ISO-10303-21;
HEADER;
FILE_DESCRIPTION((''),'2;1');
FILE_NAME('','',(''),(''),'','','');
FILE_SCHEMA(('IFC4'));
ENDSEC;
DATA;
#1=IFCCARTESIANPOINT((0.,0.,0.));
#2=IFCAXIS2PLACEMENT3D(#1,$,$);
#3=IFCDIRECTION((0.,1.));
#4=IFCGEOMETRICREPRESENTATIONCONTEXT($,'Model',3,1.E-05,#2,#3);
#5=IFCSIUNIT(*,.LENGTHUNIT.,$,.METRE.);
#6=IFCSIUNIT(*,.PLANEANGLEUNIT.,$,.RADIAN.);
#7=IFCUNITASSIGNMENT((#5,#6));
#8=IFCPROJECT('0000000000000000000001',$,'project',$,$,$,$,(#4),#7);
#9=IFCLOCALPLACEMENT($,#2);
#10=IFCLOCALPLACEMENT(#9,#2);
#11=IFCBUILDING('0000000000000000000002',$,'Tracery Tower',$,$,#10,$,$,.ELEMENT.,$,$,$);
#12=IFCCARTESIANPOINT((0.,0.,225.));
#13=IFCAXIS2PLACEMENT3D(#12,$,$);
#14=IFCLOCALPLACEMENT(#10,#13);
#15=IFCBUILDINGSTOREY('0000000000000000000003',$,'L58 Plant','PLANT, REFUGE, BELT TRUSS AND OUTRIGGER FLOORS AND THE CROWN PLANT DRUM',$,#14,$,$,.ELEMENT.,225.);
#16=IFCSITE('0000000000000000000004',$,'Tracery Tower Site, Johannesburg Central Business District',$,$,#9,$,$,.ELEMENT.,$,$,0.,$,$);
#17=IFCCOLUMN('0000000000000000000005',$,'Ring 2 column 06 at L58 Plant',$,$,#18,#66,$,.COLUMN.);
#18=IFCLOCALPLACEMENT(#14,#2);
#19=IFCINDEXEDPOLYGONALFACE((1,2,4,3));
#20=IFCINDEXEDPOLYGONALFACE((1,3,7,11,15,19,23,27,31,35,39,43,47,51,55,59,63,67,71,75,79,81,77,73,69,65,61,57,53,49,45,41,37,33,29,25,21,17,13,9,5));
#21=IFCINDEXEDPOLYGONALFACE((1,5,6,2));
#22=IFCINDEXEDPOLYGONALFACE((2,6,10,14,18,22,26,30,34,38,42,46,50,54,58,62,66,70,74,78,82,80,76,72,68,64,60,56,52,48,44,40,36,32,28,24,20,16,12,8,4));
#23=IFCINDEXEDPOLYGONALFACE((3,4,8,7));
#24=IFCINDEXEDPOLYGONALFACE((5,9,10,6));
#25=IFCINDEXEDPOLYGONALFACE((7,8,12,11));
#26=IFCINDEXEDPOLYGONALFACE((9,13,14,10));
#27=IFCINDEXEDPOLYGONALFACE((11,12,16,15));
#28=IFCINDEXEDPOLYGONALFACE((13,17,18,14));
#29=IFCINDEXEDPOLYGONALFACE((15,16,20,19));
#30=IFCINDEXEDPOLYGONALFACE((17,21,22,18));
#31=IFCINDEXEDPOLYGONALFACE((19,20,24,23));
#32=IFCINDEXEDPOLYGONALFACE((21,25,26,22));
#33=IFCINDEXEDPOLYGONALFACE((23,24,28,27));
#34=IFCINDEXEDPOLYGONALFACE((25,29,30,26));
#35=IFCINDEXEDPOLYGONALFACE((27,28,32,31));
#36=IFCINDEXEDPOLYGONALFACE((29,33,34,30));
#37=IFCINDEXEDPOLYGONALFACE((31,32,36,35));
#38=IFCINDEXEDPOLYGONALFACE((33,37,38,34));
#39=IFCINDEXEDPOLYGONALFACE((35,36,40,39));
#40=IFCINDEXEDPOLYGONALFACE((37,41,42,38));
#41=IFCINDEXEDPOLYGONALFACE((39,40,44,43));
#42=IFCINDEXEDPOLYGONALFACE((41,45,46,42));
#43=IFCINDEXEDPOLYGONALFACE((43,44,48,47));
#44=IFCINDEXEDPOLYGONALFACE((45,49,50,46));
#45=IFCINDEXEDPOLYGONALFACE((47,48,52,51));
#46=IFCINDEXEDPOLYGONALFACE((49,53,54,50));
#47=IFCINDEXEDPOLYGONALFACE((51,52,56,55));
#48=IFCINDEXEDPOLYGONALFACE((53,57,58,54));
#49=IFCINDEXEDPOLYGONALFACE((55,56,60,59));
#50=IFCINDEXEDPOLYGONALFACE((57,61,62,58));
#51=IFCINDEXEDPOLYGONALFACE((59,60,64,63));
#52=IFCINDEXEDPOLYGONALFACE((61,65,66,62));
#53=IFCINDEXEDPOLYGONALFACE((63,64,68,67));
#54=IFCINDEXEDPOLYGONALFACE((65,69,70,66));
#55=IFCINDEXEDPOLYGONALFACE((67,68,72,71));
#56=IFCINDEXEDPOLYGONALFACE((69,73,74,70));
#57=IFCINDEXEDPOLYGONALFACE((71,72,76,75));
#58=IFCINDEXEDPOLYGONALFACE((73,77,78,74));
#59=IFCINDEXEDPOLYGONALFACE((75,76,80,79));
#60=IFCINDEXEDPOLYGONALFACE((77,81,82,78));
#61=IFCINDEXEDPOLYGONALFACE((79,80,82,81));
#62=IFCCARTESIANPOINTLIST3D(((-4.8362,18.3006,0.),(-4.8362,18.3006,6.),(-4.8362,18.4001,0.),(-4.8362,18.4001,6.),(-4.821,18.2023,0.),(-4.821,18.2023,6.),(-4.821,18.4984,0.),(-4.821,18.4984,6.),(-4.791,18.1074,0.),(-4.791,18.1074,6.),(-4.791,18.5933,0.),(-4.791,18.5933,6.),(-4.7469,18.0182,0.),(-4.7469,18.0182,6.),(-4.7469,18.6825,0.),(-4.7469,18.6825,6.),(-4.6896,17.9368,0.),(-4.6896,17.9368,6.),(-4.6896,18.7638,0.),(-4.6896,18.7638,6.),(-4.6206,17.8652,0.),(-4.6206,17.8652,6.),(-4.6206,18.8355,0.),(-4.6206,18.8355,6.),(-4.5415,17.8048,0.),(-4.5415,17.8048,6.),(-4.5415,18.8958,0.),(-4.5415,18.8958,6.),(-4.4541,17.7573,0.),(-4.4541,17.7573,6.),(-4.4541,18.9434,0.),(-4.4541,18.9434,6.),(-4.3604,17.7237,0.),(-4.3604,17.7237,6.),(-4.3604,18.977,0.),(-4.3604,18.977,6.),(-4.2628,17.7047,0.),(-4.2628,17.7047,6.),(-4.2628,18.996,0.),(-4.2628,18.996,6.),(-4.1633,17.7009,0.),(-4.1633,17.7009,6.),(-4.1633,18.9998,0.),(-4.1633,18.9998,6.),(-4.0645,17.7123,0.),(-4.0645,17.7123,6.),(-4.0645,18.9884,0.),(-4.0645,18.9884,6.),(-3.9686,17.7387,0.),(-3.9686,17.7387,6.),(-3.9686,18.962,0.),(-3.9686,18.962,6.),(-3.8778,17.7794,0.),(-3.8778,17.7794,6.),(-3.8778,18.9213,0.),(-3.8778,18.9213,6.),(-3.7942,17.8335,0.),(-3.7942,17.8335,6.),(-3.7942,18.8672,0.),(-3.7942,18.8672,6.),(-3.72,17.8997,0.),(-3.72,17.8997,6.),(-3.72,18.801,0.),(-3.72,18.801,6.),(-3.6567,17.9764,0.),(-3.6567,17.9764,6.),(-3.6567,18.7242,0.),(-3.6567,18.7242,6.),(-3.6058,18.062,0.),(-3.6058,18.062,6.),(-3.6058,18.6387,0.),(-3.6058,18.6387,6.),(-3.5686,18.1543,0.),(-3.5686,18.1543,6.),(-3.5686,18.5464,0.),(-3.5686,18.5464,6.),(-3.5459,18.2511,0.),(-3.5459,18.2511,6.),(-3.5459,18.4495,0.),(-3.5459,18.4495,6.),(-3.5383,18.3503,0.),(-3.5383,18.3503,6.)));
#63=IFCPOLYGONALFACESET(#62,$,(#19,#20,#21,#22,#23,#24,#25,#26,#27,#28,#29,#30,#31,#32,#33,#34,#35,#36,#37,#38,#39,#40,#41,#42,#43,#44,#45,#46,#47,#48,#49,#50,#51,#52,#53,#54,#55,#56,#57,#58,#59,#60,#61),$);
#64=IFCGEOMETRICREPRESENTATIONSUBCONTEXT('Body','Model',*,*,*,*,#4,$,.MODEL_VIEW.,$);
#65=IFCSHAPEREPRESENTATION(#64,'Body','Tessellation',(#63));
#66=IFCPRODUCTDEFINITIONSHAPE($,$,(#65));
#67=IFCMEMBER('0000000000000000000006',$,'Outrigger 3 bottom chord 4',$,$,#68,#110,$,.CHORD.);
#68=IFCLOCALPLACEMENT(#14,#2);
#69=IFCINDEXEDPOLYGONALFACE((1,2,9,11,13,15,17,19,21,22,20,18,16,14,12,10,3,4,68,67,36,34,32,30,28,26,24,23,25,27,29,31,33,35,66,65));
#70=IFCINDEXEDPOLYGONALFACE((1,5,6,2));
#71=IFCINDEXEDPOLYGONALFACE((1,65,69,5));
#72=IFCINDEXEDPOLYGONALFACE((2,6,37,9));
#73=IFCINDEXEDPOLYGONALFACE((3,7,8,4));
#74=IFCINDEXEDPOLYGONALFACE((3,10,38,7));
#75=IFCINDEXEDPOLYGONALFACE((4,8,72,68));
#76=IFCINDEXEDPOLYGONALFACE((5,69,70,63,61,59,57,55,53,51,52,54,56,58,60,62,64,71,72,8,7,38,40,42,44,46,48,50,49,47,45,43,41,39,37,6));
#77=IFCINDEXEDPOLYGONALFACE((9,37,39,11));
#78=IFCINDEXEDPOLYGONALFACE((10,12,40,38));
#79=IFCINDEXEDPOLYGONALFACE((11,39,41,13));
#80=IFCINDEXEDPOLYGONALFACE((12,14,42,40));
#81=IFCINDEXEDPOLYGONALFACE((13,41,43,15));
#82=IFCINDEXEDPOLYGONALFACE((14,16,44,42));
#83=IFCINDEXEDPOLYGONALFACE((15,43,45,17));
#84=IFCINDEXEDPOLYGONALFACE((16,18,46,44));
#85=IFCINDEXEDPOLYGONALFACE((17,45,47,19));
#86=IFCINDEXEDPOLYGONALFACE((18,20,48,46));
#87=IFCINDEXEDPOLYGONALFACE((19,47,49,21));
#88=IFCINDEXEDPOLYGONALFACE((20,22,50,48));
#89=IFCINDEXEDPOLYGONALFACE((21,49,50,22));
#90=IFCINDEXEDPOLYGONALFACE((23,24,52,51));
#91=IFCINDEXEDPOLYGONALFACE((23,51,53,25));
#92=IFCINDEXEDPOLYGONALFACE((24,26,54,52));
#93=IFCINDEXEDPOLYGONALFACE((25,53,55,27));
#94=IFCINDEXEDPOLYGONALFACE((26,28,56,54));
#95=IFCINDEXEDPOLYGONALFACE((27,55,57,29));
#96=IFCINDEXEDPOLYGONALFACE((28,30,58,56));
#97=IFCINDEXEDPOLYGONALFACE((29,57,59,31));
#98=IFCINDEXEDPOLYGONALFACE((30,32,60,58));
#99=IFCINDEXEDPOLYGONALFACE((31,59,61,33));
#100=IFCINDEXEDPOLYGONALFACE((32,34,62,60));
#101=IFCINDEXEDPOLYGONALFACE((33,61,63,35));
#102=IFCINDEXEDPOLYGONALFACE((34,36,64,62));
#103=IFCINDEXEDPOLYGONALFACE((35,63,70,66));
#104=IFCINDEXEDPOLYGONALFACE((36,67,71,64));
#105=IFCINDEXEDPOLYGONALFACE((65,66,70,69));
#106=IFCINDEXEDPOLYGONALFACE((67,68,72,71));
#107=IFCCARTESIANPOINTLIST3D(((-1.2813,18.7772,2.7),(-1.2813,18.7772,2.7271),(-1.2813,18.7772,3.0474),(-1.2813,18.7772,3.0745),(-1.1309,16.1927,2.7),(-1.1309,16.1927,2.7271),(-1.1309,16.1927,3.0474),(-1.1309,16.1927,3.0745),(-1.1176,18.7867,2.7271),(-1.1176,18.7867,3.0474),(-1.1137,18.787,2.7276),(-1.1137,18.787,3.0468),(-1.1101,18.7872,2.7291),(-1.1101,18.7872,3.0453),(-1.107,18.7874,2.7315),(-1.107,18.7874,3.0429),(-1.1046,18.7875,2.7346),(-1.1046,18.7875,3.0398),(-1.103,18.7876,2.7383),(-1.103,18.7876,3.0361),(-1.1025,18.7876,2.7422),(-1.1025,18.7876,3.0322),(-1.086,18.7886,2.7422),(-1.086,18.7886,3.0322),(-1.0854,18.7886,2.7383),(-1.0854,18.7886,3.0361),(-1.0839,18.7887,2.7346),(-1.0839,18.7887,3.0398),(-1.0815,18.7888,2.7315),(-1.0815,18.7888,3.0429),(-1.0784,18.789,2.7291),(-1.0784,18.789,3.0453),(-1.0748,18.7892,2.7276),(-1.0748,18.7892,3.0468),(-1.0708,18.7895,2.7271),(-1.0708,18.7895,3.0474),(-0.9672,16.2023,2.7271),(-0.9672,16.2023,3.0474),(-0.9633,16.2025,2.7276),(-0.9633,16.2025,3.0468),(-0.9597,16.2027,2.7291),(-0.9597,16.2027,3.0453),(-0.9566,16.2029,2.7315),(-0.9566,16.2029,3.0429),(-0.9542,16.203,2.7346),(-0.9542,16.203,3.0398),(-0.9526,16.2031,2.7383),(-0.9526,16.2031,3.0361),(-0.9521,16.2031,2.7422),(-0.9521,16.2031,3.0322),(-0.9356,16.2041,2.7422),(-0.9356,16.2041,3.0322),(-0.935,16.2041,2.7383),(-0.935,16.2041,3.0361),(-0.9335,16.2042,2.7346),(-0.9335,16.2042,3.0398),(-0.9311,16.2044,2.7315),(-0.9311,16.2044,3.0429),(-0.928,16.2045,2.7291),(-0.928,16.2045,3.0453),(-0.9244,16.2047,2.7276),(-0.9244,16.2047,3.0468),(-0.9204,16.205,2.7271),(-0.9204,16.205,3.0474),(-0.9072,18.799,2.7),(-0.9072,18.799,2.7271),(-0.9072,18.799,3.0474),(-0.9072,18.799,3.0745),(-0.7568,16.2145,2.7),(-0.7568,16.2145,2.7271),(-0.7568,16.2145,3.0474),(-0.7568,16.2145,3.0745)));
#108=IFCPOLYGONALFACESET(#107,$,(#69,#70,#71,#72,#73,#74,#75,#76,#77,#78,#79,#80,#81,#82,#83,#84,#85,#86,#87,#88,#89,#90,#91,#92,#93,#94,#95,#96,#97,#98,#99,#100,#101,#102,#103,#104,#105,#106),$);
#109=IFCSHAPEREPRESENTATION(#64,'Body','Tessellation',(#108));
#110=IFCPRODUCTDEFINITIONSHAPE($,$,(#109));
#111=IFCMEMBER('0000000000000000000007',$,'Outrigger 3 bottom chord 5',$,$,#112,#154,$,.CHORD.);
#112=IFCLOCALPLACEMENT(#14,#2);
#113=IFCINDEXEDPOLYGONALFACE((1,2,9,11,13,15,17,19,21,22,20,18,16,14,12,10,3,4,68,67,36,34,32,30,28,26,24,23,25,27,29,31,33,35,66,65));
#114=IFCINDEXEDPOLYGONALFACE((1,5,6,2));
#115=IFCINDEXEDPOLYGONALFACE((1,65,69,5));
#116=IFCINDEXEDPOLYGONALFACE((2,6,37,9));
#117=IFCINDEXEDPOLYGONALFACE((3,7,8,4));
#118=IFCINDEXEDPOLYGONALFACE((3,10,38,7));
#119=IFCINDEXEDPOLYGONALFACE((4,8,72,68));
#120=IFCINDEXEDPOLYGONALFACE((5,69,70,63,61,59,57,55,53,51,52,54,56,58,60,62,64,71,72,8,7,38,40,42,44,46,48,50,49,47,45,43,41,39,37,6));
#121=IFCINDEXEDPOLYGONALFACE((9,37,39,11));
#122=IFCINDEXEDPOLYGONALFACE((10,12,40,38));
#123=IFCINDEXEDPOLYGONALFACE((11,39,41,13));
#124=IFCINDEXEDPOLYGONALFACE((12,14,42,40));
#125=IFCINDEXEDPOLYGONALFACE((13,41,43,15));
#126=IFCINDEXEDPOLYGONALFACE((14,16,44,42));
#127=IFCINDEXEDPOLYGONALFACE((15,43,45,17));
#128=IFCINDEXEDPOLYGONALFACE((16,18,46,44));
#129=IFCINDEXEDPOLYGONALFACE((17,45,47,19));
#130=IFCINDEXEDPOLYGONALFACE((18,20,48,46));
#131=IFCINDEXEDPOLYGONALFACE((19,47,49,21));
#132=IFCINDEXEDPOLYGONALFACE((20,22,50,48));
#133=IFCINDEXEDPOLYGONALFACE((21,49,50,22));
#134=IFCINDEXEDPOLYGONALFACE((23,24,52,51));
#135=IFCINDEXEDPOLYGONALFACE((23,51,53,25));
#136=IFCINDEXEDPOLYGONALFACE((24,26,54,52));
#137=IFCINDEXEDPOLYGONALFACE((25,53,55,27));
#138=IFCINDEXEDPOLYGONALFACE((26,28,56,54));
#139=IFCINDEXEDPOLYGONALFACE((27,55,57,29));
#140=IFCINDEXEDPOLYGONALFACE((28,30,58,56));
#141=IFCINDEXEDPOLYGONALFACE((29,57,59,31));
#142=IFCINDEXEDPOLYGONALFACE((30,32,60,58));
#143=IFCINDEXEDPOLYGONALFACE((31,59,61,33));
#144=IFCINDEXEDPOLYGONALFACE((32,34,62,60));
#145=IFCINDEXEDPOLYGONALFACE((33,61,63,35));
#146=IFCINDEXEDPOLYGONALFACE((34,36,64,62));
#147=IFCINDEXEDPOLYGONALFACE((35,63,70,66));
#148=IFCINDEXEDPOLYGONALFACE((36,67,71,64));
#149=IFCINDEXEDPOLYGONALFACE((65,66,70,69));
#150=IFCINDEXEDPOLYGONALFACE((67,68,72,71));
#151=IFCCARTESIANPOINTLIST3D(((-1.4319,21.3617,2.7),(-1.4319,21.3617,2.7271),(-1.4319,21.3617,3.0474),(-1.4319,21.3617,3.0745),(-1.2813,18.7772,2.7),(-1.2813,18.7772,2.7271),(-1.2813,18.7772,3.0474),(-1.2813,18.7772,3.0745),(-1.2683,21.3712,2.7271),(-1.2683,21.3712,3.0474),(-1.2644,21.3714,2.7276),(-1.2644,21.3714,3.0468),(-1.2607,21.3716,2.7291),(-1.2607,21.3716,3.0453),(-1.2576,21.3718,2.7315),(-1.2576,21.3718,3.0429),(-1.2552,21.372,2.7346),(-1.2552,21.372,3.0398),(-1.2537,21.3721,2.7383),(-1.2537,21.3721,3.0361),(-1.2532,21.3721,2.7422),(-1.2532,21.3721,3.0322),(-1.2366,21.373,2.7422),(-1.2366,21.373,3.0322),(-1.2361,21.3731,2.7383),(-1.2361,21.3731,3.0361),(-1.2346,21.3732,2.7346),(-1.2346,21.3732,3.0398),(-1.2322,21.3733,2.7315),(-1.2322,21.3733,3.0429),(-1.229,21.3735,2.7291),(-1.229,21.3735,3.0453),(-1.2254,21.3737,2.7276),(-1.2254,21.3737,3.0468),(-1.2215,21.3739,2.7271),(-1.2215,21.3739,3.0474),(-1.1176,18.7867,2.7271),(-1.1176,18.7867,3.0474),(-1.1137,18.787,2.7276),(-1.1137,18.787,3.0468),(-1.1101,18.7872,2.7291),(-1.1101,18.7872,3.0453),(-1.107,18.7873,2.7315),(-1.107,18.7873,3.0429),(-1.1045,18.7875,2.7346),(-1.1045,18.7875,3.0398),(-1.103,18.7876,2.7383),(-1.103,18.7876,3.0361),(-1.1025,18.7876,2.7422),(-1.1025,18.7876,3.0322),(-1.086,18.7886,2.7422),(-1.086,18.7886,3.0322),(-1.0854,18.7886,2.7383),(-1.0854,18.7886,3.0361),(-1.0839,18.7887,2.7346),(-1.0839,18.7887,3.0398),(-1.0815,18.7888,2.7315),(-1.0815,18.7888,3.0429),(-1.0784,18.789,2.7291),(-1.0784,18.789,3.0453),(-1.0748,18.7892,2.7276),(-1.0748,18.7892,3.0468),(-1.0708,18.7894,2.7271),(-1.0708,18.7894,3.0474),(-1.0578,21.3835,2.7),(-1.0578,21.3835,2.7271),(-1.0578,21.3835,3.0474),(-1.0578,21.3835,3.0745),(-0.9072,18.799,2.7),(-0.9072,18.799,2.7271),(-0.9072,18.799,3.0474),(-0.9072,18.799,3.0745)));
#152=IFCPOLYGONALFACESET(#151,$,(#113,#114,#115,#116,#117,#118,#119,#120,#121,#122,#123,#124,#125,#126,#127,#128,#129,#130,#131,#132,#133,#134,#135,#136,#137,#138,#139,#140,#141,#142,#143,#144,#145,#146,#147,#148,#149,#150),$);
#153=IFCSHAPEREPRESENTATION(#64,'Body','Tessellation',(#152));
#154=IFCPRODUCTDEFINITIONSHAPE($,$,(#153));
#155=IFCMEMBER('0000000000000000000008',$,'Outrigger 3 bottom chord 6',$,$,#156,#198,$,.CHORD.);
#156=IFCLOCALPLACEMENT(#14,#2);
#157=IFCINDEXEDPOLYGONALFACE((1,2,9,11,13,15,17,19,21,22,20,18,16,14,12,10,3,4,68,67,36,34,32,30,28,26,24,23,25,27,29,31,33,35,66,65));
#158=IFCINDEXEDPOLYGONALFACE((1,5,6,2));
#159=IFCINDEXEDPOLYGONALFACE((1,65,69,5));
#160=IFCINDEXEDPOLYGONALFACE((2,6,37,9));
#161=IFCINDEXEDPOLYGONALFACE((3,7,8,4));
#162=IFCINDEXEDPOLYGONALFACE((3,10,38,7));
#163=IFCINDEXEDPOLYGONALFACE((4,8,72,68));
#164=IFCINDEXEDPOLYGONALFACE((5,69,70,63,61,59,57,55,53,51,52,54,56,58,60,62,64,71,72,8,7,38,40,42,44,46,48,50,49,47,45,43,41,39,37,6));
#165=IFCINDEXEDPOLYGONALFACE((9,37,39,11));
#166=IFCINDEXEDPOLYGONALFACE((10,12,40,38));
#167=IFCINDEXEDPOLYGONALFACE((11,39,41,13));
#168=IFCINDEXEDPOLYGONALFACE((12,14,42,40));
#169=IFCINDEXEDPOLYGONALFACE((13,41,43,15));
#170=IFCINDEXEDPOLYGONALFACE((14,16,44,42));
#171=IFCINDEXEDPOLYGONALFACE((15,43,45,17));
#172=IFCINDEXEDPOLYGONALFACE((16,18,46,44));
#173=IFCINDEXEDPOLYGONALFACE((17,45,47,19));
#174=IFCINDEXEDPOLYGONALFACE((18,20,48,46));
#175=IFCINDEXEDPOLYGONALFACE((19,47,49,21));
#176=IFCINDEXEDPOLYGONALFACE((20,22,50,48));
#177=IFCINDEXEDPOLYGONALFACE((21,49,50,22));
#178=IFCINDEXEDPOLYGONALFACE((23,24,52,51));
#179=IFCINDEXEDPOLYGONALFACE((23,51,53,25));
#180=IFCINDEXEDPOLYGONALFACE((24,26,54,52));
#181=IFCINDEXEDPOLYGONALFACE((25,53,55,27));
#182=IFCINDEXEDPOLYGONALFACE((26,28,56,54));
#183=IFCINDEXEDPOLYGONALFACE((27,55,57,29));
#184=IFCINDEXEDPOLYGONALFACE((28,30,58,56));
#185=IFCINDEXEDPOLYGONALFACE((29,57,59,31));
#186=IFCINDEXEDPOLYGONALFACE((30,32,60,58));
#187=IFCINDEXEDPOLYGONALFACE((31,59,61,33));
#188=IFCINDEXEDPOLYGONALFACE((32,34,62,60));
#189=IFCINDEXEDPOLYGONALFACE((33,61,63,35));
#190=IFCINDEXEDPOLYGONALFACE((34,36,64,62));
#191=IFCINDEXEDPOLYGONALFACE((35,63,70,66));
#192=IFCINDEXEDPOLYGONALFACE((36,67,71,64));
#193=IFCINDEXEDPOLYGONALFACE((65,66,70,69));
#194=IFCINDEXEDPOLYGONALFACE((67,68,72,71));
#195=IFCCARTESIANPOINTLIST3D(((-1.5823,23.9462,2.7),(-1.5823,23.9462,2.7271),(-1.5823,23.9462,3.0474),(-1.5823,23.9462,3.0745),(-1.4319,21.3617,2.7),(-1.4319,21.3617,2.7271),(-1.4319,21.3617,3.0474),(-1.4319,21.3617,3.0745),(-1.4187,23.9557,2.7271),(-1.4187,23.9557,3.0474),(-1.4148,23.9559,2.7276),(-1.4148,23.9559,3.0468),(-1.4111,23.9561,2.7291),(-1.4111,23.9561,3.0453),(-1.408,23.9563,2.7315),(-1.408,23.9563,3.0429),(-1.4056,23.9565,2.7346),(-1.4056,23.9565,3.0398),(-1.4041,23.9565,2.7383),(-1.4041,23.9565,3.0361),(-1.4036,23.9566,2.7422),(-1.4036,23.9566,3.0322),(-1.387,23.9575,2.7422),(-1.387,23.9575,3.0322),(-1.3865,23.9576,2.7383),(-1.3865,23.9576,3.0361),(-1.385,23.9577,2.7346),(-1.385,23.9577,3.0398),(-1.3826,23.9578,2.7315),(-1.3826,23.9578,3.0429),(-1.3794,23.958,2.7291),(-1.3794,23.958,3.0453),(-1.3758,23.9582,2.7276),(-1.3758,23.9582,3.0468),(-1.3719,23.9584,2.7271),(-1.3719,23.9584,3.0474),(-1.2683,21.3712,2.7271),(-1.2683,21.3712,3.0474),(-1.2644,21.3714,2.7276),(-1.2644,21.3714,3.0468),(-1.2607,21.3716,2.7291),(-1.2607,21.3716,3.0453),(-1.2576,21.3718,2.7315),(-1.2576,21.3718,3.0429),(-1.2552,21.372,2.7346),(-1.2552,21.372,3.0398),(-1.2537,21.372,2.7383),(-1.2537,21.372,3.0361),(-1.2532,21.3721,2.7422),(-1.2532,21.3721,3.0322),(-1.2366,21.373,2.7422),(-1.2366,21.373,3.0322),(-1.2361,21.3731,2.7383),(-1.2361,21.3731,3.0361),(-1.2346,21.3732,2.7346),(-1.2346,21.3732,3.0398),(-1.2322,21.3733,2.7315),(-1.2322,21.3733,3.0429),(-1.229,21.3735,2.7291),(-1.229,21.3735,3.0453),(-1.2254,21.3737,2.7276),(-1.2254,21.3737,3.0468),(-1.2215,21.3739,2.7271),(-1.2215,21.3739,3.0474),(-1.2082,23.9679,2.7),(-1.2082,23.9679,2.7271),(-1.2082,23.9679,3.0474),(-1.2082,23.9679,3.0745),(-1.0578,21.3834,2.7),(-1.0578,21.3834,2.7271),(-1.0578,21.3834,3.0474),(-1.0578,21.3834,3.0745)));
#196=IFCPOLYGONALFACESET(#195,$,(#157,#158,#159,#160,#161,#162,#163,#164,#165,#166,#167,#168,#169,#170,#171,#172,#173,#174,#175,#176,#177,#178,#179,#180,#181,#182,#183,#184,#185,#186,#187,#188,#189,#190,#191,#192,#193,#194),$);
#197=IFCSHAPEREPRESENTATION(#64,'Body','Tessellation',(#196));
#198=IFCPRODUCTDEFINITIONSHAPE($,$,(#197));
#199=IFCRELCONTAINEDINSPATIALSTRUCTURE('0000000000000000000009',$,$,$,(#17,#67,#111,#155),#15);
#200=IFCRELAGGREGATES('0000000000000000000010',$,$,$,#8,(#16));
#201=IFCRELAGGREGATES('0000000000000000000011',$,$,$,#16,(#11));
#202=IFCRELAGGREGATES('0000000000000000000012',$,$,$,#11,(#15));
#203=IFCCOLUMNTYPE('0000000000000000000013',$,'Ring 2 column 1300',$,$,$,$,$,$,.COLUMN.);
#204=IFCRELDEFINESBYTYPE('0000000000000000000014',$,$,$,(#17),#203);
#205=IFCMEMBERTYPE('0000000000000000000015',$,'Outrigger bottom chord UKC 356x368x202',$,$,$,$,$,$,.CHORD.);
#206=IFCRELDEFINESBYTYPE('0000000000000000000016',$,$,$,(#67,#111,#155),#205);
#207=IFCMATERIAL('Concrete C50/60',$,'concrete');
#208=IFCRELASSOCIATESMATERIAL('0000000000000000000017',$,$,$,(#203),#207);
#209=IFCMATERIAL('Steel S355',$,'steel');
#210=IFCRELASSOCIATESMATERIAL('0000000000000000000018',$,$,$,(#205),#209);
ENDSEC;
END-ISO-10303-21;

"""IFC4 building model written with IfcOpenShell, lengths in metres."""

from ifc_helpers import new_model, si_unit, direction, frame, origin, origin_2d, place, context, subcontext, project, spatial, circle, i_section, extrude, material, material_profile, profile_set, type_object, element, save


model = new_model("IFC4")

# Units and contexts
model_context = context("Model", 3, precision=1e-05, world=origin(), true_north=direction((0.0, 1.0)))
body_context = subcontext(model_context, "Body", "Model", "MODEL_VIEW")
ifc_project = project(units=[si_unit("LENGTHUNIT", "METRE"), si_unit("PLANEANGLEUNIT", "RADIAN")], contexts=[model_context])

# Site, building, storey
site_placement = place(None, origin())
site = spatial("IfcSite", under=ifc_project, at=site_placement, Name="Tracery Tower Site, Johannesburg Central Business District", CompositionType="ELEMENT", RefElevation=0.0)
building_placement = place(site_placement, origin())
building = spatial("IfcBuilding", under=site, at=building_placement, Name="Tracery Tower", CompositionType="ELEMENT")
storey_placement = place(building_placement, frame((0.0, 0.0, 225.0)))
storey = spatial("IfcBuildingStorey", under=building, at=storey_placement, Name="L58 Plant", Description="PLANT, REFUGE, BELT TRUSS AND OUTRIGGER FLOORS AND THE CROWN PLANT DRUM", CompositionType="ELEMENT", Elevation=225.0)

# Column
ifc_material_1 = material(Name="Concrete C50/60", Category="concrete")
ifc_material_profile_1 = material_profile(ifc_material_1, circle(Radius=0.6499, at=origin_2d()), Name="RC D1300")
ifc_profile_set_1 = profile_set([ifc_material_profile_1], Name="Concrete C50/60")
column_type = type_object("IfcColumnType", Name="Ring 2 column 1300", PredefinedType="COLUMN", material=ifc_profile_set_1)
column_placement = place(storey_placement, frame((-4.1882, 18.3503, 0.0), z_axis=(0.0, 0.0, 1.0), x_axis=(1.0, 0.0, 0.0)))
element("IfcColumn", 1, at=column_placement, inside=storey, type_object=column_type, Name="Ring 2 column 06 at L58 Plant", PredefinedType="COLUMN", context=body_context, shape_type="SweptSolid", body=[
    extrude(circle(Radius=0.6499, at=origin_2d()), origin(), (0.0, 0.0, 1.0), 6.0),
])

# Members
ifc_material_2 = material(Name="Steel S355", Category="steel")
ifc_material_profile_2 = material_profile(ifc_material_2, i_section(OverallWidth=0.3748, OverallDepth=0.3745, WebThickness=0.0166, FlangeThickness=0.0271, FilletRadius=0.0151, at=origin_2d()), Name="UKC 356x368x202")
ifc_profile_set_2 = profile_set([ifc_material_profile_2], Name="Steel S355")
member_type_1 = type_object("IfcMemberType", Name="Outrigger bottom chord UKC 356x368x202", PredefinedType="CHORD", material=ifc_profile_set_2)
for number, where, z_axis, x_axis, name in (
    (2, (-0.9438, 16.2036, 2.8872), (-0.058092, 0.998311, 0.0), (-0.998311, -0.058092, 0.0), "Outrigger 3 bottom chord 4"),
    (3, (-1.0942, 18.7881, 2.8872), (-0.058186, 0.998306, 0.0), (-0.998306, -0.058186, 0.0), "Outrigger 3 bottom chord 5"),
    (4, (-1.2449, 21.3726, 2.8872), (-0.058092, 0.998311, 0.0), (-0.998311, -0.058092, 0.0), "Outrigger 3 bottom chord 6"),
):
    element("IfcMember", number, at=place(storey_placement, frame(where, z_axis=z_axis, x_axis=x_axis)), inside=storey, type_object=member_type_1, Name=name, PredefinedType="CHORD", context=body_context, shape_type="SweptSolid", body=[
        extrude(i_section(OverallWidth=0.3748, OverallDepth=0.3745, WebThickness=0.0166, FlangeThickness=0.0271, FilletRadius=0.0151, at=origin_2d()), origin(), (0.0, 0.0, 1.0), 2.5889),
    ])

save(model, "model.ifc")
